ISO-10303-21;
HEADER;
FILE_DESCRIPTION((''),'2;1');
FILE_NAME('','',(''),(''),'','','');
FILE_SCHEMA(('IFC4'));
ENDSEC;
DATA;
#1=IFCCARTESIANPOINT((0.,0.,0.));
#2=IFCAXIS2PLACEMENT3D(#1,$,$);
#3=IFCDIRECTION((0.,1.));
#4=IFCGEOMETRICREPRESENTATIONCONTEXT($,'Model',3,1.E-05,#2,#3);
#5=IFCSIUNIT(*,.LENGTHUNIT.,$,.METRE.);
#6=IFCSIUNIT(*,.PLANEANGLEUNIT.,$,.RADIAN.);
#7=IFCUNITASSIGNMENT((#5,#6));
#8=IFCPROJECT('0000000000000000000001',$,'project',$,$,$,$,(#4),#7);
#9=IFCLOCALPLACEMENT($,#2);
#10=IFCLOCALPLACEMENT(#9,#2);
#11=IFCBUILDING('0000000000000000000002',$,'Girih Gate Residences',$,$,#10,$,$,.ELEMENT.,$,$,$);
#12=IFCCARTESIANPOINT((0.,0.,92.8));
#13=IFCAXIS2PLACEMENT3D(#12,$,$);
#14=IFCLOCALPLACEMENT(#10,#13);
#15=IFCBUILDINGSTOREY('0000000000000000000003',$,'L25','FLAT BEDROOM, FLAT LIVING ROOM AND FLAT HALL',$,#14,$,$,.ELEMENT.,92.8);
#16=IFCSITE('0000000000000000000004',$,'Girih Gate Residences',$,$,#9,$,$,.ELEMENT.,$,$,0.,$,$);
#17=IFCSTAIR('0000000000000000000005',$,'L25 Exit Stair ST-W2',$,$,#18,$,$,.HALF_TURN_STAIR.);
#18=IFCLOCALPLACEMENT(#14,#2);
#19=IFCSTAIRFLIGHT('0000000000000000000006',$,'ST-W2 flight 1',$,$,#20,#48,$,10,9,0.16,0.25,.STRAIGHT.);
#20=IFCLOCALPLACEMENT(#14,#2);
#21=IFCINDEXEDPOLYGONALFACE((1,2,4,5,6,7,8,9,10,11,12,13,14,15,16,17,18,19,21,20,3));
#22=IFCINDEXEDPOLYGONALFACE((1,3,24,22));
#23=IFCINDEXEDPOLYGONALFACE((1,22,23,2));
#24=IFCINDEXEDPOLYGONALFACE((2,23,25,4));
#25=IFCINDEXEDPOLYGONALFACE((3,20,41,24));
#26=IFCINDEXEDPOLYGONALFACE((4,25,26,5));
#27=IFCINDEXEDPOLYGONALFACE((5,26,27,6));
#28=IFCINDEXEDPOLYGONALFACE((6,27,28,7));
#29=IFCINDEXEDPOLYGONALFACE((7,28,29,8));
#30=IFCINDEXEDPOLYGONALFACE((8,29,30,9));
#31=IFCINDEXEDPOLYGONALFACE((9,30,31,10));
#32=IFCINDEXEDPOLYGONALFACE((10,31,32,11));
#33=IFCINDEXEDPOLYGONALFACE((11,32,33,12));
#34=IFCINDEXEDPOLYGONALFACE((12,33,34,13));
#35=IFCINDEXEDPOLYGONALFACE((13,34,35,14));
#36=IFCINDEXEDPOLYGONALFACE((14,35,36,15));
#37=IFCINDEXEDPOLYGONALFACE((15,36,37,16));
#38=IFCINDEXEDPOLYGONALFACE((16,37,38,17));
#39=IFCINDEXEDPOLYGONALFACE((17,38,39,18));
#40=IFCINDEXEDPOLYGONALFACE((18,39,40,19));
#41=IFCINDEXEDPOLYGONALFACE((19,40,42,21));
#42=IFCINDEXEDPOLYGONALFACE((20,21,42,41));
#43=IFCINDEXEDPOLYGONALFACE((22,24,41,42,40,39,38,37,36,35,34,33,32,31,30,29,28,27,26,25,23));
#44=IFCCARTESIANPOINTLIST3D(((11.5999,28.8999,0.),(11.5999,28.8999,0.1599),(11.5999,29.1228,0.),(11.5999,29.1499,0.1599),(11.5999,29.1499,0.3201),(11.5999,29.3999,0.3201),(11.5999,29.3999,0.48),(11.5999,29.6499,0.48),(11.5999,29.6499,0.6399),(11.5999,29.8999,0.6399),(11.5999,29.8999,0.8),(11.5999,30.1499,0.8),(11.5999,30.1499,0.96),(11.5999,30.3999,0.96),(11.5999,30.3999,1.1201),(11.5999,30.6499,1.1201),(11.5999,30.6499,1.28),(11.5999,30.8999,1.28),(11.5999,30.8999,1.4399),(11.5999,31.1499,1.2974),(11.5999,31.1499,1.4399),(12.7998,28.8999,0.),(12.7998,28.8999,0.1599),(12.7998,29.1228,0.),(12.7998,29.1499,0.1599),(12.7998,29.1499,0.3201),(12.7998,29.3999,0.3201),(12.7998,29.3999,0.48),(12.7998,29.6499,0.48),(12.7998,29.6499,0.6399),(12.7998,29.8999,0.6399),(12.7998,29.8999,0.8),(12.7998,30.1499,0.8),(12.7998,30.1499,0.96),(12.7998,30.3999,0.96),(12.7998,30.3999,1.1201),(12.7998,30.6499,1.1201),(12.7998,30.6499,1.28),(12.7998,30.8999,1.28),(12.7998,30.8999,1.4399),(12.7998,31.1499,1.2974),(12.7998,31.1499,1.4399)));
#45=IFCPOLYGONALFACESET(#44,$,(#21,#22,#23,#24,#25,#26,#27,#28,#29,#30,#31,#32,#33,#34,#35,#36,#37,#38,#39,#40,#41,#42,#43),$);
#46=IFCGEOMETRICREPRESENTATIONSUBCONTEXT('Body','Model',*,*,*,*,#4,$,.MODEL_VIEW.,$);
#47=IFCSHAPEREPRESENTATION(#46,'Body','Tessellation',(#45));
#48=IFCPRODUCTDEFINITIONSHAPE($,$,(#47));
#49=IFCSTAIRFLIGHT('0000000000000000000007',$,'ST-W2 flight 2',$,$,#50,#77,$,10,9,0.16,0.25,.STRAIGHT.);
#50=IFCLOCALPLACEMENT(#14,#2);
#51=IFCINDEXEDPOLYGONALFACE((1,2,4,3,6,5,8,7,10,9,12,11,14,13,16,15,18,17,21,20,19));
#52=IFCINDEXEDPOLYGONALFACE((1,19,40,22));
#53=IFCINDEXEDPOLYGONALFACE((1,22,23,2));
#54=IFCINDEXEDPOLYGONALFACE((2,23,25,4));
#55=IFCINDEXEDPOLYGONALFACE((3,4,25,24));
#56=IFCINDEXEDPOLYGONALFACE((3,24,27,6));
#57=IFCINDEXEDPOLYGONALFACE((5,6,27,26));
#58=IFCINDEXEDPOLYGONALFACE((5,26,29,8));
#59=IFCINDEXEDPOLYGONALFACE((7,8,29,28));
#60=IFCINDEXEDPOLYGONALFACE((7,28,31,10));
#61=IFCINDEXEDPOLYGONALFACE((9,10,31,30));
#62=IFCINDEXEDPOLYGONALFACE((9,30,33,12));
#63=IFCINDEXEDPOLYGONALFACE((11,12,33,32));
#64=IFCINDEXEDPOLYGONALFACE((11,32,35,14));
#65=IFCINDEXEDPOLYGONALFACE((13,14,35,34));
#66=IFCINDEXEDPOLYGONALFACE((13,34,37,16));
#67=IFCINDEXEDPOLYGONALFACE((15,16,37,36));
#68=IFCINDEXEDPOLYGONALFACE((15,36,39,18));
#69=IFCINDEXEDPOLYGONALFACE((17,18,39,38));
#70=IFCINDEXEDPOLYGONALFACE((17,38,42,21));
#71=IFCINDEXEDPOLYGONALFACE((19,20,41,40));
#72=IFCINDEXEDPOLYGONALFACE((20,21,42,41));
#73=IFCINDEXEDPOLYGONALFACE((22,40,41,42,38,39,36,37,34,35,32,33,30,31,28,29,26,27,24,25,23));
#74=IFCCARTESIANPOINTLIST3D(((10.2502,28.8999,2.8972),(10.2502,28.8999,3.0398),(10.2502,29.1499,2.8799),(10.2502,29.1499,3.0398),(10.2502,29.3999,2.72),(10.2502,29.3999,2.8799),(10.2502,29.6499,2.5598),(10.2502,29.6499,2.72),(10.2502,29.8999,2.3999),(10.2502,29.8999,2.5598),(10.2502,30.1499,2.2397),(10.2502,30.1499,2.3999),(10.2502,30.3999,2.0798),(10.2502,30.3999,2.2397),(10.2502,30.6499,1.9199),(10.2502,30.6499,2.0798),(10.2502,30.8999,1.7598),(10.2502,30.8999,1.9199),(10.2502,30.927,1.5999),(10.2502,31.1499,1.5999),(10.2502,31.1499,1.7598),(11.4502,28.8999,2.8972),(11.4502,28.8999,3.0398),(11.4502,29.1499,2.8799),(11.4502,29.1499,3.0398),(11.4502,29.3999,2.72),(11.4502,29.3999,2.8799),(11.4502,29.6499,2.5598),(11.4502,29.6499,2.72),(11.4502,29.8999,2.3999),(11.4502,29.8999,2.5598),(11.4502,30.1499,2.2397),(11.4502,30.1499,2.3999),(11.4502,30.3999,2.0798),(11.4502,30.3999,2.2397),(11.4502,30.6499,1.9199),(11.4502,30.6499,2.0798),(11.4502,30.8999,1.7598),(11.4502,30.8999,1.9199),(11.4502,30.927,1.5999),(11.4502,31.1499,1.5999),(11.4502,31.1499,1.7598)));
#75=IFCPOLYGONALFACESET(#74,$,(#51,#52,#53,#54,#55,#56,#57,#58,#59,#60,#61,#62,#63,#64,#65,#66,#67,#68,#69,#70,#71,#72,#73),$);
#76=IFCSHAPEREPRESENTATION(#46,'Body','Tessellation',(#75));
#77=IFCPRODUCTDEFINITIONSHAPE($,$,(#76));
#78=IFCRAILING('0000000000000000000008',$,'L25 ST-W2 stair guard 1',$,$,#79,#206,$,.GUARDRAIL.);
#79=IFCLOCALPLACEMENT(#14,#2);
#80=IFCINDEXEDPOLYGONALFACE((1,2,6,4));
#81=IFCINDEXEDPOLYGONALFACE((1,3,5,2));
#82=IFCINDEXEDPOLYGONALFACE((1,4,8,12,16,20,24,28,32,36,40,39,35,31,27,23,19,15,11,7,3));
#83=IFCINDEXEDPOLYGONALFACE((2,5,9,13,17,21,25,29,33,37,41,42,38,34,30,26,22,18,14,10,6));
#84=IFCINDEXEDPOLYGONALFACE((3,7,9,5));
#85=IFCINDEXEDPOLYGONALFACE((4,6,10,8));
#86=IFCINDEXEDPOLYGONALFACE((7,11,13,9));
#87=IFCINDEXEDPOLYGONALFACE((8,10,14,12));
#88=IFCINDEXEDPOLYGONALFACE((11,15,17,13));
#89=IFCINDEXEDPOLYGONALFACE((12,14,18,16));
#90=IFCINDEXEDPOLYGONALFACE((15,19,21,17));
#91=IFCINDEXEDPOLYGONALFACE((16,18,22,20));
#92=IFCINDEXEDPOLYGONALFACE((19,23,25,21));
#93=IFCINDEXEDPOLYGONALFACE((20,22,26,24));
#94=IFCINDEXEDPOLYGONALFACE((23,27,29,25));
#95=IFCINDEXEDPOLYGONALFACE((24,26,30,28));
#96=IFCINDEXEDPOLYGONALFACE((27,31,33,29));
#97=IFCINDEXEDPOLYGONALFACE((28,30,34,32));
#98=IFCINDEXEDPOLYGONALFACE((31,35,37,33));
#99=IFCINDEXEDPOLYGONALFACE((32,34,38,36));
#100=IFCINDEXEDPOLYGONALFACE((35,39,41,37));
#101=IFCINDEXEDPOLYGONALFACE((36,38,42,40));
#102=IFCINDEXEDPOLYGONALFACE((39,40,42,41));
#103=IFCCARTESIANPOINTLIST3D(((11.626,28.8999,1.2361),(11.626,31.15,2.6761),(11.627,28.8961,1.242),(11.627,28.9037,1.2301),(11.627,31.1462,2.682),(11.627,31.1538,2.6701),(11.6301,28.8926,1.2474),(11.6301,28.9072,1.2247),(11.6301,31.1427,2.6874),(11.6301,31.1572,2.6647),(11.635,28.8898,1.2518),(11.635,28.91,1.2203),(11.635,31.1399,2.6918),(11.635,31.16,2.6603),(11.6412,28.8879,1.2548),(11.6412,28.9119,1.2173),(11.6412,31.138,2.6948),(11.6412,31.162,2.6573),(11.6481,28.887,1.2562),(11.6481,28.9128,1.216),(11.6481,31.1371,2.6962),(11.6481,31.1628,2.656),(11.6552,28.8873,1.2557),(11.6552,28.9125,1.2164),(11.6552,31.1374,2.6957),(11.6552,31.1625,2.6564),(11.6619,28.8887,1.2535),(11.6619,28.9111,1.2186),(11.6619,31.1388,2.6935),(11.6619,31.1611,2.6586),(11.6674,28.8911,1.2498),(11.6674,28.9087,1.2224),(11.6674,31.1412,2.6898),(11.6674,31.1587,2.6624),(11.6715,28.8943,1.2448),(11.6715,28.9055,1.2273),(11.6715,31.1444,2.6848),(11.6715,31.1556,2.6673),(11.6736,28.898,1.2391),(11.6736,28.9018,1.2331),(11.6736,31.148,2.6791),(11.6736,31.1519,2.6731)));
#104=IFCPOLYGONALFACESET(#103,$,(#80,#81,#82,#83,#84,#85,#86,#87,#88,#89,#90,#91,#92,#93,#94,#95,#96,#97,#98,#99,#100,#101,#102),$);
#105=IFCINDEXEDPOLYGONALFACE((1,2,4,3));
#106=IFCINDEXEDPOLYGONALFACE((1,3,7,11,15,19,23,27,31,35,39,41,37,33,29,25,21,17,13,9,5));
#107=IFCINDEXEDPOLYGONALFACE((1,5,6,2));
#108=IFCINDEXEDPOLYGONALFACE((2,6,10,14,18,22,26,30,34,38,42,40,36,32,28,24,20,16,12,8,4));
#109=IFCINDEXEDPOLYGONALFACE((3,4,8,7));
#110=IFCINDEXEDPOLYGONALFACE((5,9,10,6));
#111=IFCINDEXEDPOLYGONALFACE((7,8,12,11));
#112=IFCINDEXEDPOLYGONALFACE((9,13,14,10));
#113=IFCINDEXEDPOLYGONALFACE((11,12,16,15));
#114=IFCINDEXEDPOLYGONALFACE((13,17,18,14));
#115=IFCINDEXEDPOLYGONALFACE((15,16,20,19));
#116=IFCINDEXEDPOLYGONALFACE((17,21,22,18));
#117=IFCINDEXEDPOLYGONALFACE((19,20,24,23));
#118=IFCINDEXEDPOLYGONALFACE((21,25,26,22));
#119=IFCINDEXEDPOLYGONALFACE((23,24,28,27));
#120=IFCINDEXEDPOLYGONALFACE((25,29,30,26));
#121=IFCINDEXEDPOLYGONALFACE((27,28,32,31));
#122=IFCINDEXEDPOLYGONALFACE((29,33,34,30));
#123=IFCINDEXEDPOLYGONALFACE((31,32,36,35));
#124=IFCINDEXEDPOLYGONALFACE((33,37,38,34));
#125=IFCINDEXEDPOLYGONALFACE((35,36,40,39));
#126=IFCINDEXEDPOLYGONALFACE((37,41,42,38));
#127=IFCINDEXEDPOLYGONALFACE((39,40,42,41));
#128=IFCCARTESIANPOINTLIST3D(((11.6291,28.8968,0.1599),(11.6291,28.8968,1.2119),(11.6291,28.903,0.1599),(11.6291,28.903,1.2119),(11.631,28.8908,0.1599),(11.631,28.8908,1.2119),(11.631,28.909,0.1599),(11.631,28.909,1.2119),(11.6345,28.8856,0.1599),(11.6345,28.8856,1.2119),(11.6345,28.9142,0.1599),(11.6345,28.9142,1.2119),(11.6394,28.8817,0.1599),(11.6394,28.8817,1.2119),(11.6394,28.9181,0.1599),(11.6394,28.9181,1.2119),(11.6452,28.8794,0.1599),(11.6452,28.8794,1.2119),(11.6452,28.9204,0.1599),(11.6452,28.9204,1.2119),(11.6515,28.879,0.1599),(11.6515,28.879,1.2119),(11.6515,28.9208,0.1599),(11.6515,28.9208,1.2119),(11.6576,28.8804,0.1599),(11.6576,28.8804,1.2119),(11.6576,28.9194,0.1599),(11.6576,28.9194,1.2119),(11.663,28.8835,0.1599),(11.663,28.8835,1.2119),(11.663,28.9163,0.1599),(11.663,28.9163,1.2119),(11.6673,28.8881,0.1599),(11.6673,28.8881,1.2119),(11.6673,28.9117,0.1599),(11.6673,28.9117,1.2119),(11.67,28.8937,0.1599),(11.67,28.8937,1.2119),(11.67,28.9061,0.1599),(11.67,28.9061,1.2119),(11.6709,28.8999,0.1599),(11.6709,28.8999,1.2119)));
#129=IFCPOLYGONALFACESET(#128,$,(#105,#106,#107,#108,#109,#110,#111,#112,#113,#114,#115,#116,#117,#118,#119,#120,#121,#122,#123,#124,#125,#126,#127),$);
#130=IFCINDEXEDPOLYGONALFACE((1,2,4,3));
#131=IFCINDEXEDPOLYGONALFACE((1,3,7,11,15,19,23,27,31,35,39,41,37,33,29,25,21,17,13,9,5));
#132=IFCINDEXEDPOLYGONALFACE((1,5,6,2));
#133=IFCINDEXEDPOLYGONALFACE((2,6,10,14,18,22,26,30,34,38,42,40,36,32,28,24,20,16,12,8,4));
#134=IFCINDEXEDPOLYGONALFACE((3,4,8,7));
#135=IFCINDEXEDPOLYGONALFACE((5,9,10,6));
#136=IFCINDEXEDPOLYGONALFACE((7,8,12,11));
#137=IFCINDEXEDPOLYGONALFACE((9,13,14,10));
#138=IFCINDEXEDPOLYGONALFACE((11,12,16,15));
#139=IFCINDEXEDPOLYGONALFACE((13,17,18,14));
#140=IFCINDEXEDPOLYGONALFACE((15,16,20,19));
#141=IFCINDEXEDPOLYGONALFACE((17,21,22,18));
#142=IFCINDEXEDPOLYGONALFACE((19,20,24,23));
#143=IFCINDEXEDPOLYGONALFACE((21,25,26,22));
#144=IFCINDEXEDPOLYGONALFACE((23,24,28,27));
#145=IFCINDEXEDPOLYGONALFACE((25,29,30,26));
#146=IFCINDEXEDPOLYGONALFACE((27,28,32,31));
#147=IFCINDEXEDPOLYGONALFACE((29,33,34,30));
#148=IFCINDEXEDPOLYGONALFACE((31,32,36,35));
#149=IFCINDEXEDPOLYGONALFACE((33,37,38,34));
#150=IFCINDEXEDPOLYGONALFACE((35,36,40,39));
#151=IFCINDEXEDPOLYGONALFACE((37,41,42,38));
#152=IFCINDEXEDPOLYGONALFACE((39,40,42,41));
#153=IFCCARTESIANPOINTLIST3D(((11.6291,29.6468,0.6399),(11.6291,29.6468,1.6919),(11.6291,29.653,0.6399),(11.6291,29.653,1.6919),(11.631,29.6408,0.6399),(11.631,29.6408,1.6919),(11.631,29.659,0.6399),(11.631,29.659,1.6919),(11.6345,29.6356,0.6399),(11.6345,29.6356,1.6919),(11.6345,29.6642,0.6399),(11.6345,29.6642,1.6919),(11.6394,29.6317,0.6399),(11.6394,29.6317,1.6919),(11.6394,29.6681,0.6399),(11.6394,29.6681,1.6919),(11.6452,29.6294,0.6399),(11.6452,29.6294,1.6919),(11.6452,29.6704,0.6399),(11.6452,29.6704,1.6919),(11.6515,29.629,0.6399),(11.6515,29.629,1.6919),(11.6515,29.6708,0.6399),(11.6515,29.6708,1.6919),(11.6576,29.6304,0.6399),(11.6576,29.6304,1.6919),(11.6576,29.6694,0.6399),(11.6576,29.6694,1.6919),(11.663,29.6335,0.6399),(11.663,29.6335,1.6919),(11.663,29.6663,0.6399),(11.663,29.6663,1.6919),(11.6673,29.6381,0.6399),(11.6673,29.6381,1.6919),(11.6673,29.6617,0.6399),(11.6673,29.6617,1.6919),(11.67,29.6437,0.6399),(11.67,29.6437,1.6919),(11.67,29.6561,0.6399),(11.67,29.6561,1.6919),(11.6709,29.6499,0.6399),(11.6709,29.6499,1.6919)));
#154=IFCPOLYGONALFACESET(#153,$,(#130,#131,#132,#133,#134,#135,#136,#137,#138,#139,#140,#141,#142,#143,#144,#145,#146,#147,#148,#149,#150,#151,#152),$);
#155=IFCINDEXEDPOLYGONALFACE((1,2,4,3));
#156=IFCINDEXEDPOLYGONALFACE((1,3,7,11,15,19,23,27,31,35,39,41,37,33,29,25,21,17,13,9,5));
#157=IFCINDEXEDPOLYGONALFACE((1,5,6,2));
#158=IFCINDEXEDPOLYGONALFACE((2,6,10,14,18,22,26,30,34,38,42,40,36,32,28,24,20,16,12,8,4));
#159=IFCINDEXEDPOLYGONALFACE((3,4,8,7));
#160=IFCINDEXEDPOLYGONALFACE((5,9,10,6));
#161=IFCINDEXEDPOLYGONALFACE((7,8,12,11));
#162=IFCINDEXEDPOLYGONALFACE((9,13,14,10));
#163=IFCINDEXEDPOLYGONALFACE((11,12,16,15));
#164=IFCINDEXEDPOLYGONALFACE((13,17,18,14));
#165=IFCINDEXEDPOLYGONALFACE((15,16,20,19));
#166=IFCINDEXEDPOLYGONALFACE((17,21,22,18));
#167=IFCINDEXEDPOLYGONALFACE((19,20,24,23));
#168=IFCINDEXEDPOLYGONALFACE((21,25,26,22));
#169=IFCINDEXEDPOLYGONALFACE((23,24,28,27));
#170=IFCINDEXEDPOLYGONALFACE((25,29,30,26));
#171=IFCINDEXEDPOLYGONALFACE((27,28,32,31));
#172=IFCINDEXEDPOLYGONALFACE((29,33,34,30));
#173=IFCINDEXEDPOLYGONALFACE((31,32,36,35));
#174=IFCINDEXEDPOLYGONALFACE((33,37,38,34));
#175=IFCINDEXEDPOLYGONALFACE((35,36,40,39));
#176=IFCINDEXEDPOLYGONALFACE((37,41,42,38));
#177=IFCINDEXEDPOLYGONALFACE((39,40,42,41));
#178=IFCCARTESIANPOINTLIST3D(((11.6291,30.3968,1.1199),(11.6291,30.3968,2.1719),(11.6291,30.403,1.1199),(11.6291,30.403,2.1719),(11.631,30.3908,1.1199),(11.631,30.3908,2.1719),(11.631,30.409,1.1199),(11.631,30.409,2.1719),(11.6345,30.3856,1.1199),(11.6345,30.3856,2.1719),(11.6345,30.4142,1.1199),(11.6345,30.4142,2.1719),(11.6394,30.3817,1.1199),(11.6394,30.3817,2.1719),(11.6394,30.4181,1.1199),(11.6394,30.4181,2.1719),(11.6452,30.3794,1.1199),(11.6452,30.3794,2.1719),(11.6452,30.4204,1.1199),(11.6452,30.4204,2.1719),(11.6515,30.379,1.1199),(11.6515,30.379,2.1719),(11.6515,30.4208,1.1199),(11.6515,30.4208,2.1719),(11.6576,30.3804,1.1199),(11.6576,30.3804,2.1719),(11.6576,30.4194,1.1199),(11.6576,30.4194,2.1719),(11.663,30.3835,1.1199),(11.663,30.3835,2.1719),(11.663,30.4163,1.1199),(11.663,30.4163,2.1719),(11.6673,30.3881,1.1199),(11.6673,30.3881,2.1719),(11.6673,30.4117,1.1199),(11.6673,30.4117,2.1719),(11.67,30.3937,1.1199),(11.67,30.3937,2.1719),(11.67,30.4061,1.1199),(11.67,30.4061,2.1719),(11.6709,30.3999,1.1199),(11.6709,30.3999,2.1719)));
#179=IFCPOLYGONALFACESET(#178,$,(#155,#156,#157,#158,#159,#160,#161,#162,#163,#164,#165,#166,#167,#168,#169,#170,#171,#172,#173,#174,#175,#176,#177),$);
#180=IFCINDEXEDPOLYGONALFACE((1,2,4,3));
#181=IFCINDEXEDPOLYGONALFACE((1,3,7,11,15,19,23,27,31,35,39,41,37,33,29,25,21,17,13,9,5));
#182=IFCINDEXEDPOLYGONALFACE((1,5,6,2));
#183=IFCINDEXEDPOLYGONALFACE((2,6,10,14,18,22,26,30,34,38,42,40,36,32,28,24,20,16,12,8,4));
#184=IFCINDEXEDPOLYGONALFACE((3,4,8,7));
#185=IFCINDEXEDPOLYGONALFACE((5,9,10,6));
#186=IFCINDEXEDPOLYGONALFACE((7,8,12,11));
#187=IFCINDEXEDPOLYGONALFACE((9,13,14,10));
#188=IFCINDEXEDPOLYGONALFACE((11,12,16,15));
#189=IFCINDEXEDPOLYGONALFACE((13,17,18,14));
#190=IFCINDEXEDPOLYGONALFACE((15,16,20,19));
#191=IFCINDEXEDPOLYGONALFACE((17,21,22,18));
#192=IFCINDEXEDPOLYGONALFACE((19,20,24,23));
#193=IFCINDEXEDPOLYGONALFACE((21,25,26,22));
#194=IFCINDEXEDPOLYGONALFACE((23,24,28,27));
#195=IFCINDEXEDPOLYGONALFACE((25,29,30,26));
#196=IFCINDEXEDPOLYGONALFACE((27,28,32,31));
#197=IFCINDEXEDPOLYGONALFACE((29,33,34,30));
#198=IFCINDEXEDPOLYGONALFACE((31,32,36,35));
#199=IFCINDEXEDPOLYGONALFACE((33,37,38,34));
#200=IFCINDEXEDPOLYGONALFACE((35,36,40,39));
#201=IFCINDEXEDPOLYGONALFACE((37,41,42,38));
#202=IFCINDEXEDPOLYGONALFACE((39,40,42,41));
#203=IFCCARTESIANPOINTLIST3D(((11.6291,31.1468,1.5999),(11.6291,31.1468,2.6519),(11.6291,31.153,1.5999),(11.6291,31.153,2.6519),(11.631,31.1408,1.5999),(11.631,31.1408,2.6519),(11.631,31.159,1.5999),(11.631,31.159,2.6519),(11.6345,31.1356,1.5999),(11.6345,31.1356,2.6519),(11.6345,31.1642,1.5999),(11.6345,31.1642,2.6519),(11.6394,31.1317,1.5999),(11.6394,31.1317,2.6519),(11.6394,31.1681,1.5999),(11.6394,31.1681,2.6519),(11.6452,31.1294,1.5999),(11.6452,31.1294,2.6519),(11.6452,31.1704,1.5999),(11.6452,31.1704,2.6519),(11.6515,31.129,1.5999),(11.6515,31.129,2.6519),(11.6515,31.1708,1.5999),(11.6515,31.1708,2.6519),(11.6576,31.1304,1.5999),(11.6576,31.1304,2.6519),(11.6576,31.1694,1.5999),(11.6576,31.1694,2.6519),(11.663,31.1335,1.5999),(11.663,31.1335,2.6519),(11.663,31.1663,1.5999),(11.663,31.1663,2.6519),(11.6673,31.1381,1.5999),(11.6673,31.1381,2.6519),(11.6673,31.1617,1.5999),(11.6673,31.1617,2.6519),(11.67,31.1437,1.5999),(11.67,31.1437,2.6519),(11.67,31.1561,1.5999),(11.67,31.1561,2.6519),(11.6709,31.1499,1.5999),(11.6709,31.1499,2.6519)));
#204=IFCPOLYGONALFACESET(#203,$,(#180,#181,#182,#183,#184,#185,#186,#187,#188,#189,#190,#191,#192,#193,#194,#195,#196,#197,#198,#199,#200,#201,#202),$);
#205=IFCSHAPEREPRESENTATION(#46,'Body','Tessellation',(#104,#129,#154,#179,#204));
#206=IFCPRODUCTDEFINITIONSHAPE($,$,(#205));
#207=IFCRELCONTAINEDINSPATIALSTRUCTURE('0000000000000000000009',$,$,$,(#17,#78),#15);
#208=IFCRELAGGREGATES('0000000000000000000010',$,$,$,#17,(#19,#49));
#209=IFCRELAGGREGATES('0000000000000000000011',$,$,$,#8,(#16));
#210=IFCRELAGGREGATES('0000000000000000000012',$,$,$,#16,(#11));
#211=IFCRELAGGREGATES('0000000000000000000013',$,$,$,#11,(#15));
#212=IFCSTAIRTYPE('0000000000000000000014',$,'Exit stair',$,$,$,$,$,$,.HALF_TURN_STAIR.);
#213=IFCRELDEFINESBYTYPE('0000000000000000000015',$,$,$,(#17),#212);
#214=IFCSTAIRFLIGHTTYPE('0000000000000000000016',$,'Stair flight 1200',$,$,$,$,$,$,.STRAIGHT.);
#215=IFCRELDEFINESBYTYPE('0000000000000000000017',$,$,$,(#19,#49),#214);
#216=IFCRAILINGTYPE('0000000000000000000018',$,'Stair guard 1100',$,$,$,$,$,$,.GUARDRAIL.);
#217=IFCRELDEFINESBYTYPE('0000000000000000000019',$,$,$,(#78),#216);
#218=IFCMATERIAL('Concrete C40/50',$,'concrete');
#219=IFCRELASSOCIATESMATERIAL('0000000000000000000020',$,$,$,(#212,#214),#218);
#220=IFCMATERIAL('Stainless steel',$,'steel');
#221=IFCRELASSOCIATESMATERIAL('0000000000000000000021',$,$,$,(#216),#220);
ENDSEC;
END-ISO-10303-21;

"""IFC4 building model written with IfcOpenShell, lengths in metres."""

from ifc_helpers import new_model, si_unit, direction, frame, origin, origin_2d, place, context, subcontext, project, spatial, polyline, circle, outline, extrude, material, type_object, element, aggregate, save


model = new_model("IFC4")

# Units and contexts
model_context = context("Model", 3, precision=1e-05, world=origin(), true_north=direction((0.0, 1.0)))
body_context = subcontext(model_context, "Body", "Model", "MODEL_VIEW")
ifc_project = project(units=[si_unit("LENGTHUNIT", "METRE"), si_unit("PLANEANGLEUNIT", "RADIAN")], contexts=[model_context])

# Site, building, storey
site_placement = place(None, origin())
site = spatial("IfcSite", under=ifc_project, at=site_placement, Name="Girih Gate Residences", CompositionType="ELEMENT", RefElevation=0.0)
building_placement = place(site_placement, origin())
building = spatial("IfcBuilding", under=site, at=building_placement, Name="Girih Gate Residences", CompositionType="ELEMENT")
storey_placement = place(building_placement, frame((0.0, 0.0, 92.8)))
storey = spatial("IfcBuildingStorey", under=building, at=storey_placement, Name="L25", Description="FLAT BEDROOM, FLAT LIVING ROOM AND FLAT HALL", CompositionType="ELEMENT", Elevation=92.8)

# Shared definitions
ifc_material_1 = material(Name="Concrete C40/50", Category="concrete")

# Stair, stair flights
stair_type = type_object("IfcStairType", Name="Exit stair", PredefinedType="HALF_TURN_STAIR", material=ifc_material_1)
stair_placement = place(storey_placement, origin())
stair = element("IfcStair", 1, at=stair_placement, inside=storey, type_object=stair_type, Name="L25 Exit Stair ST-W2", PredefinedType="HALF_TURN_STAIR")
stair_flight_type = type_object("IfcStairFlightType", Name="Stair flight 1200", PredefinedType="STRAIGHT", material=ifc_material_1)
stair_flight_1_placement = place(storey_placement, frame((12.2, 28.8999, 0.0), z_axis=(0.0, 0.0, 1.0), x_axis=(0.0, 1.0, 0.0)))
stair_flight_1 = element("IfcStairFlight", 2, at=stair_flight_1_placement, type_object=stair_flight_type, Name="ST-W2 flight 1", NumberOfRisers=10, NumberOfTreads=9, PredefinedType="STRAIGHT", RiserHeight=0.16, TreadLength=0.25, context=body_context, shape_type="SweptSolid", body=[
    extrude(outline(polyline([(0.0, 0.0), (0.0, 0.1599), (0.25, 0.1599), (0.25, 0.3201), (0.5, 0.3201), (0.5, 0.48), (0.75, 0.48), (0.75, 0.6399), (1.0, 0.6399), (1.0, 0.8), (1.25, 0.8), (1.25, 0.96), (1.5, 0.96), (1.5, 1.1201), (1.75, 1.1201), (1.75, 1.28), (2.0, 1.28), (2.0, 1.4399), (2.25, 1.4399), (2.25, 1.6001), (2.25, 1.2974), (0.2229, 0.0), (0.0, 0.0)])), frame((0.0, 0.6001, 0.0), z_axis=(0.0, -1.0, 0.0), x_axis=(1.0, 0.0, 0.0)), (0.0, 0.0, 1.0), 1.2),
])
stair_flight_2_placement = place(storey_placement, frame((10.8501, 31.1499, 1.5999), z_axis=(0.0, 0.0, 1.0), x_axis=(0.0, -1.0, 0.0)))
stair_flight_2 = element("IfcStairFlight", 3, at=stair_flight_2_placement, type_object=stair_flight_type, Name="ST-W2 flight 2", NumberOfRisers=10, NumberOfTreads=9, PredefinedType="STRAIGHT", RiserHeight=0.16, TreadLength=0.25, context=body_context, shape_type="SweptSolid", body=[
    extrude(outline(polyline([(0.0, 0.0), (0.0, 0.1599), (0.25, 0.1599), (0.25, 0.3201), (0.5, 0.3201), (0.5, 0.48), (0.75, 0.48), (0.75, 0.6399), (1.0, 0.6399), (1.0, 0.8), (1.25, 0.8), (1.25, 0.96), (1.5, 0.96), (1.5, 1.1201), (1.75, 1.1201), (1.75, 1.28), (2.0, 1.28), (2.0, 1.4399), (2.25, 1.4399), (2.25, 1.6001), (2.25, 1.2974), (0.2229, 0.0), (0.0, 0.0)])), frame((0.0, 0.6001, 0.0), z_axis=(0.0, -1.0, 0.0), x_axis=(1.0, 0.0, 0.0)), (0.0, 0.0, 1.0), 1.2),
])
aggregate(stair, [stair_flight_1, stair_flight_2])

# Railing
ifc_material_2 = material(Name="Stainless steel", Category="steel")
railing_type_1 = type_object("IfcRailingType", Name="Stair guard 1100", PredefinedType="GUARDRAIL", material=ifc_material_2)
railing_1_placement = place(storey_placement, frame((11.6499, 28.8999, 0.1599)))
element("IfcRailing", 4, at=railing_1_placement, inside=storey, type_object=railing_type_1, Name="L25 ST-W2 stair guard 1", PredefinedType="GUARDRAIL", context=body_context, shape_type="SweptSolid", body=[
    extrude(circle(Radius=0.0239, at=origin_2d()), frame((0.0, 0.0, 1.0762), z_axis=(0.0, 0.842281, 0.539038), x_axis=(-1.0, 0.0, 0.0)), (0.0, 0.0, 1.0), 2.6714),
    extrude(circle(Radius=0.021, at=origin_2d()), origin(), (0.0, 0.0, 1.0), 1.052),
    extrude(circle(Radius=0.021, at=origin_2d()), frame((0.0, 0.75, 0.48)), (0.0, 0.0, 1.0), 1.052),
    extrude(circle(Radius=0.021, at=origin_2d()), frame((0.0, 1.5, 0.96)), (0.0, 0.0, 1.0), 1.052),
    extrude(circle(Radius=0.021, at=origin_2d()), frame((0.0, 2.25, 1.4399)), (0.0, 0.0, 1.0), 1.052),
])

save(model, "model.ifc")
